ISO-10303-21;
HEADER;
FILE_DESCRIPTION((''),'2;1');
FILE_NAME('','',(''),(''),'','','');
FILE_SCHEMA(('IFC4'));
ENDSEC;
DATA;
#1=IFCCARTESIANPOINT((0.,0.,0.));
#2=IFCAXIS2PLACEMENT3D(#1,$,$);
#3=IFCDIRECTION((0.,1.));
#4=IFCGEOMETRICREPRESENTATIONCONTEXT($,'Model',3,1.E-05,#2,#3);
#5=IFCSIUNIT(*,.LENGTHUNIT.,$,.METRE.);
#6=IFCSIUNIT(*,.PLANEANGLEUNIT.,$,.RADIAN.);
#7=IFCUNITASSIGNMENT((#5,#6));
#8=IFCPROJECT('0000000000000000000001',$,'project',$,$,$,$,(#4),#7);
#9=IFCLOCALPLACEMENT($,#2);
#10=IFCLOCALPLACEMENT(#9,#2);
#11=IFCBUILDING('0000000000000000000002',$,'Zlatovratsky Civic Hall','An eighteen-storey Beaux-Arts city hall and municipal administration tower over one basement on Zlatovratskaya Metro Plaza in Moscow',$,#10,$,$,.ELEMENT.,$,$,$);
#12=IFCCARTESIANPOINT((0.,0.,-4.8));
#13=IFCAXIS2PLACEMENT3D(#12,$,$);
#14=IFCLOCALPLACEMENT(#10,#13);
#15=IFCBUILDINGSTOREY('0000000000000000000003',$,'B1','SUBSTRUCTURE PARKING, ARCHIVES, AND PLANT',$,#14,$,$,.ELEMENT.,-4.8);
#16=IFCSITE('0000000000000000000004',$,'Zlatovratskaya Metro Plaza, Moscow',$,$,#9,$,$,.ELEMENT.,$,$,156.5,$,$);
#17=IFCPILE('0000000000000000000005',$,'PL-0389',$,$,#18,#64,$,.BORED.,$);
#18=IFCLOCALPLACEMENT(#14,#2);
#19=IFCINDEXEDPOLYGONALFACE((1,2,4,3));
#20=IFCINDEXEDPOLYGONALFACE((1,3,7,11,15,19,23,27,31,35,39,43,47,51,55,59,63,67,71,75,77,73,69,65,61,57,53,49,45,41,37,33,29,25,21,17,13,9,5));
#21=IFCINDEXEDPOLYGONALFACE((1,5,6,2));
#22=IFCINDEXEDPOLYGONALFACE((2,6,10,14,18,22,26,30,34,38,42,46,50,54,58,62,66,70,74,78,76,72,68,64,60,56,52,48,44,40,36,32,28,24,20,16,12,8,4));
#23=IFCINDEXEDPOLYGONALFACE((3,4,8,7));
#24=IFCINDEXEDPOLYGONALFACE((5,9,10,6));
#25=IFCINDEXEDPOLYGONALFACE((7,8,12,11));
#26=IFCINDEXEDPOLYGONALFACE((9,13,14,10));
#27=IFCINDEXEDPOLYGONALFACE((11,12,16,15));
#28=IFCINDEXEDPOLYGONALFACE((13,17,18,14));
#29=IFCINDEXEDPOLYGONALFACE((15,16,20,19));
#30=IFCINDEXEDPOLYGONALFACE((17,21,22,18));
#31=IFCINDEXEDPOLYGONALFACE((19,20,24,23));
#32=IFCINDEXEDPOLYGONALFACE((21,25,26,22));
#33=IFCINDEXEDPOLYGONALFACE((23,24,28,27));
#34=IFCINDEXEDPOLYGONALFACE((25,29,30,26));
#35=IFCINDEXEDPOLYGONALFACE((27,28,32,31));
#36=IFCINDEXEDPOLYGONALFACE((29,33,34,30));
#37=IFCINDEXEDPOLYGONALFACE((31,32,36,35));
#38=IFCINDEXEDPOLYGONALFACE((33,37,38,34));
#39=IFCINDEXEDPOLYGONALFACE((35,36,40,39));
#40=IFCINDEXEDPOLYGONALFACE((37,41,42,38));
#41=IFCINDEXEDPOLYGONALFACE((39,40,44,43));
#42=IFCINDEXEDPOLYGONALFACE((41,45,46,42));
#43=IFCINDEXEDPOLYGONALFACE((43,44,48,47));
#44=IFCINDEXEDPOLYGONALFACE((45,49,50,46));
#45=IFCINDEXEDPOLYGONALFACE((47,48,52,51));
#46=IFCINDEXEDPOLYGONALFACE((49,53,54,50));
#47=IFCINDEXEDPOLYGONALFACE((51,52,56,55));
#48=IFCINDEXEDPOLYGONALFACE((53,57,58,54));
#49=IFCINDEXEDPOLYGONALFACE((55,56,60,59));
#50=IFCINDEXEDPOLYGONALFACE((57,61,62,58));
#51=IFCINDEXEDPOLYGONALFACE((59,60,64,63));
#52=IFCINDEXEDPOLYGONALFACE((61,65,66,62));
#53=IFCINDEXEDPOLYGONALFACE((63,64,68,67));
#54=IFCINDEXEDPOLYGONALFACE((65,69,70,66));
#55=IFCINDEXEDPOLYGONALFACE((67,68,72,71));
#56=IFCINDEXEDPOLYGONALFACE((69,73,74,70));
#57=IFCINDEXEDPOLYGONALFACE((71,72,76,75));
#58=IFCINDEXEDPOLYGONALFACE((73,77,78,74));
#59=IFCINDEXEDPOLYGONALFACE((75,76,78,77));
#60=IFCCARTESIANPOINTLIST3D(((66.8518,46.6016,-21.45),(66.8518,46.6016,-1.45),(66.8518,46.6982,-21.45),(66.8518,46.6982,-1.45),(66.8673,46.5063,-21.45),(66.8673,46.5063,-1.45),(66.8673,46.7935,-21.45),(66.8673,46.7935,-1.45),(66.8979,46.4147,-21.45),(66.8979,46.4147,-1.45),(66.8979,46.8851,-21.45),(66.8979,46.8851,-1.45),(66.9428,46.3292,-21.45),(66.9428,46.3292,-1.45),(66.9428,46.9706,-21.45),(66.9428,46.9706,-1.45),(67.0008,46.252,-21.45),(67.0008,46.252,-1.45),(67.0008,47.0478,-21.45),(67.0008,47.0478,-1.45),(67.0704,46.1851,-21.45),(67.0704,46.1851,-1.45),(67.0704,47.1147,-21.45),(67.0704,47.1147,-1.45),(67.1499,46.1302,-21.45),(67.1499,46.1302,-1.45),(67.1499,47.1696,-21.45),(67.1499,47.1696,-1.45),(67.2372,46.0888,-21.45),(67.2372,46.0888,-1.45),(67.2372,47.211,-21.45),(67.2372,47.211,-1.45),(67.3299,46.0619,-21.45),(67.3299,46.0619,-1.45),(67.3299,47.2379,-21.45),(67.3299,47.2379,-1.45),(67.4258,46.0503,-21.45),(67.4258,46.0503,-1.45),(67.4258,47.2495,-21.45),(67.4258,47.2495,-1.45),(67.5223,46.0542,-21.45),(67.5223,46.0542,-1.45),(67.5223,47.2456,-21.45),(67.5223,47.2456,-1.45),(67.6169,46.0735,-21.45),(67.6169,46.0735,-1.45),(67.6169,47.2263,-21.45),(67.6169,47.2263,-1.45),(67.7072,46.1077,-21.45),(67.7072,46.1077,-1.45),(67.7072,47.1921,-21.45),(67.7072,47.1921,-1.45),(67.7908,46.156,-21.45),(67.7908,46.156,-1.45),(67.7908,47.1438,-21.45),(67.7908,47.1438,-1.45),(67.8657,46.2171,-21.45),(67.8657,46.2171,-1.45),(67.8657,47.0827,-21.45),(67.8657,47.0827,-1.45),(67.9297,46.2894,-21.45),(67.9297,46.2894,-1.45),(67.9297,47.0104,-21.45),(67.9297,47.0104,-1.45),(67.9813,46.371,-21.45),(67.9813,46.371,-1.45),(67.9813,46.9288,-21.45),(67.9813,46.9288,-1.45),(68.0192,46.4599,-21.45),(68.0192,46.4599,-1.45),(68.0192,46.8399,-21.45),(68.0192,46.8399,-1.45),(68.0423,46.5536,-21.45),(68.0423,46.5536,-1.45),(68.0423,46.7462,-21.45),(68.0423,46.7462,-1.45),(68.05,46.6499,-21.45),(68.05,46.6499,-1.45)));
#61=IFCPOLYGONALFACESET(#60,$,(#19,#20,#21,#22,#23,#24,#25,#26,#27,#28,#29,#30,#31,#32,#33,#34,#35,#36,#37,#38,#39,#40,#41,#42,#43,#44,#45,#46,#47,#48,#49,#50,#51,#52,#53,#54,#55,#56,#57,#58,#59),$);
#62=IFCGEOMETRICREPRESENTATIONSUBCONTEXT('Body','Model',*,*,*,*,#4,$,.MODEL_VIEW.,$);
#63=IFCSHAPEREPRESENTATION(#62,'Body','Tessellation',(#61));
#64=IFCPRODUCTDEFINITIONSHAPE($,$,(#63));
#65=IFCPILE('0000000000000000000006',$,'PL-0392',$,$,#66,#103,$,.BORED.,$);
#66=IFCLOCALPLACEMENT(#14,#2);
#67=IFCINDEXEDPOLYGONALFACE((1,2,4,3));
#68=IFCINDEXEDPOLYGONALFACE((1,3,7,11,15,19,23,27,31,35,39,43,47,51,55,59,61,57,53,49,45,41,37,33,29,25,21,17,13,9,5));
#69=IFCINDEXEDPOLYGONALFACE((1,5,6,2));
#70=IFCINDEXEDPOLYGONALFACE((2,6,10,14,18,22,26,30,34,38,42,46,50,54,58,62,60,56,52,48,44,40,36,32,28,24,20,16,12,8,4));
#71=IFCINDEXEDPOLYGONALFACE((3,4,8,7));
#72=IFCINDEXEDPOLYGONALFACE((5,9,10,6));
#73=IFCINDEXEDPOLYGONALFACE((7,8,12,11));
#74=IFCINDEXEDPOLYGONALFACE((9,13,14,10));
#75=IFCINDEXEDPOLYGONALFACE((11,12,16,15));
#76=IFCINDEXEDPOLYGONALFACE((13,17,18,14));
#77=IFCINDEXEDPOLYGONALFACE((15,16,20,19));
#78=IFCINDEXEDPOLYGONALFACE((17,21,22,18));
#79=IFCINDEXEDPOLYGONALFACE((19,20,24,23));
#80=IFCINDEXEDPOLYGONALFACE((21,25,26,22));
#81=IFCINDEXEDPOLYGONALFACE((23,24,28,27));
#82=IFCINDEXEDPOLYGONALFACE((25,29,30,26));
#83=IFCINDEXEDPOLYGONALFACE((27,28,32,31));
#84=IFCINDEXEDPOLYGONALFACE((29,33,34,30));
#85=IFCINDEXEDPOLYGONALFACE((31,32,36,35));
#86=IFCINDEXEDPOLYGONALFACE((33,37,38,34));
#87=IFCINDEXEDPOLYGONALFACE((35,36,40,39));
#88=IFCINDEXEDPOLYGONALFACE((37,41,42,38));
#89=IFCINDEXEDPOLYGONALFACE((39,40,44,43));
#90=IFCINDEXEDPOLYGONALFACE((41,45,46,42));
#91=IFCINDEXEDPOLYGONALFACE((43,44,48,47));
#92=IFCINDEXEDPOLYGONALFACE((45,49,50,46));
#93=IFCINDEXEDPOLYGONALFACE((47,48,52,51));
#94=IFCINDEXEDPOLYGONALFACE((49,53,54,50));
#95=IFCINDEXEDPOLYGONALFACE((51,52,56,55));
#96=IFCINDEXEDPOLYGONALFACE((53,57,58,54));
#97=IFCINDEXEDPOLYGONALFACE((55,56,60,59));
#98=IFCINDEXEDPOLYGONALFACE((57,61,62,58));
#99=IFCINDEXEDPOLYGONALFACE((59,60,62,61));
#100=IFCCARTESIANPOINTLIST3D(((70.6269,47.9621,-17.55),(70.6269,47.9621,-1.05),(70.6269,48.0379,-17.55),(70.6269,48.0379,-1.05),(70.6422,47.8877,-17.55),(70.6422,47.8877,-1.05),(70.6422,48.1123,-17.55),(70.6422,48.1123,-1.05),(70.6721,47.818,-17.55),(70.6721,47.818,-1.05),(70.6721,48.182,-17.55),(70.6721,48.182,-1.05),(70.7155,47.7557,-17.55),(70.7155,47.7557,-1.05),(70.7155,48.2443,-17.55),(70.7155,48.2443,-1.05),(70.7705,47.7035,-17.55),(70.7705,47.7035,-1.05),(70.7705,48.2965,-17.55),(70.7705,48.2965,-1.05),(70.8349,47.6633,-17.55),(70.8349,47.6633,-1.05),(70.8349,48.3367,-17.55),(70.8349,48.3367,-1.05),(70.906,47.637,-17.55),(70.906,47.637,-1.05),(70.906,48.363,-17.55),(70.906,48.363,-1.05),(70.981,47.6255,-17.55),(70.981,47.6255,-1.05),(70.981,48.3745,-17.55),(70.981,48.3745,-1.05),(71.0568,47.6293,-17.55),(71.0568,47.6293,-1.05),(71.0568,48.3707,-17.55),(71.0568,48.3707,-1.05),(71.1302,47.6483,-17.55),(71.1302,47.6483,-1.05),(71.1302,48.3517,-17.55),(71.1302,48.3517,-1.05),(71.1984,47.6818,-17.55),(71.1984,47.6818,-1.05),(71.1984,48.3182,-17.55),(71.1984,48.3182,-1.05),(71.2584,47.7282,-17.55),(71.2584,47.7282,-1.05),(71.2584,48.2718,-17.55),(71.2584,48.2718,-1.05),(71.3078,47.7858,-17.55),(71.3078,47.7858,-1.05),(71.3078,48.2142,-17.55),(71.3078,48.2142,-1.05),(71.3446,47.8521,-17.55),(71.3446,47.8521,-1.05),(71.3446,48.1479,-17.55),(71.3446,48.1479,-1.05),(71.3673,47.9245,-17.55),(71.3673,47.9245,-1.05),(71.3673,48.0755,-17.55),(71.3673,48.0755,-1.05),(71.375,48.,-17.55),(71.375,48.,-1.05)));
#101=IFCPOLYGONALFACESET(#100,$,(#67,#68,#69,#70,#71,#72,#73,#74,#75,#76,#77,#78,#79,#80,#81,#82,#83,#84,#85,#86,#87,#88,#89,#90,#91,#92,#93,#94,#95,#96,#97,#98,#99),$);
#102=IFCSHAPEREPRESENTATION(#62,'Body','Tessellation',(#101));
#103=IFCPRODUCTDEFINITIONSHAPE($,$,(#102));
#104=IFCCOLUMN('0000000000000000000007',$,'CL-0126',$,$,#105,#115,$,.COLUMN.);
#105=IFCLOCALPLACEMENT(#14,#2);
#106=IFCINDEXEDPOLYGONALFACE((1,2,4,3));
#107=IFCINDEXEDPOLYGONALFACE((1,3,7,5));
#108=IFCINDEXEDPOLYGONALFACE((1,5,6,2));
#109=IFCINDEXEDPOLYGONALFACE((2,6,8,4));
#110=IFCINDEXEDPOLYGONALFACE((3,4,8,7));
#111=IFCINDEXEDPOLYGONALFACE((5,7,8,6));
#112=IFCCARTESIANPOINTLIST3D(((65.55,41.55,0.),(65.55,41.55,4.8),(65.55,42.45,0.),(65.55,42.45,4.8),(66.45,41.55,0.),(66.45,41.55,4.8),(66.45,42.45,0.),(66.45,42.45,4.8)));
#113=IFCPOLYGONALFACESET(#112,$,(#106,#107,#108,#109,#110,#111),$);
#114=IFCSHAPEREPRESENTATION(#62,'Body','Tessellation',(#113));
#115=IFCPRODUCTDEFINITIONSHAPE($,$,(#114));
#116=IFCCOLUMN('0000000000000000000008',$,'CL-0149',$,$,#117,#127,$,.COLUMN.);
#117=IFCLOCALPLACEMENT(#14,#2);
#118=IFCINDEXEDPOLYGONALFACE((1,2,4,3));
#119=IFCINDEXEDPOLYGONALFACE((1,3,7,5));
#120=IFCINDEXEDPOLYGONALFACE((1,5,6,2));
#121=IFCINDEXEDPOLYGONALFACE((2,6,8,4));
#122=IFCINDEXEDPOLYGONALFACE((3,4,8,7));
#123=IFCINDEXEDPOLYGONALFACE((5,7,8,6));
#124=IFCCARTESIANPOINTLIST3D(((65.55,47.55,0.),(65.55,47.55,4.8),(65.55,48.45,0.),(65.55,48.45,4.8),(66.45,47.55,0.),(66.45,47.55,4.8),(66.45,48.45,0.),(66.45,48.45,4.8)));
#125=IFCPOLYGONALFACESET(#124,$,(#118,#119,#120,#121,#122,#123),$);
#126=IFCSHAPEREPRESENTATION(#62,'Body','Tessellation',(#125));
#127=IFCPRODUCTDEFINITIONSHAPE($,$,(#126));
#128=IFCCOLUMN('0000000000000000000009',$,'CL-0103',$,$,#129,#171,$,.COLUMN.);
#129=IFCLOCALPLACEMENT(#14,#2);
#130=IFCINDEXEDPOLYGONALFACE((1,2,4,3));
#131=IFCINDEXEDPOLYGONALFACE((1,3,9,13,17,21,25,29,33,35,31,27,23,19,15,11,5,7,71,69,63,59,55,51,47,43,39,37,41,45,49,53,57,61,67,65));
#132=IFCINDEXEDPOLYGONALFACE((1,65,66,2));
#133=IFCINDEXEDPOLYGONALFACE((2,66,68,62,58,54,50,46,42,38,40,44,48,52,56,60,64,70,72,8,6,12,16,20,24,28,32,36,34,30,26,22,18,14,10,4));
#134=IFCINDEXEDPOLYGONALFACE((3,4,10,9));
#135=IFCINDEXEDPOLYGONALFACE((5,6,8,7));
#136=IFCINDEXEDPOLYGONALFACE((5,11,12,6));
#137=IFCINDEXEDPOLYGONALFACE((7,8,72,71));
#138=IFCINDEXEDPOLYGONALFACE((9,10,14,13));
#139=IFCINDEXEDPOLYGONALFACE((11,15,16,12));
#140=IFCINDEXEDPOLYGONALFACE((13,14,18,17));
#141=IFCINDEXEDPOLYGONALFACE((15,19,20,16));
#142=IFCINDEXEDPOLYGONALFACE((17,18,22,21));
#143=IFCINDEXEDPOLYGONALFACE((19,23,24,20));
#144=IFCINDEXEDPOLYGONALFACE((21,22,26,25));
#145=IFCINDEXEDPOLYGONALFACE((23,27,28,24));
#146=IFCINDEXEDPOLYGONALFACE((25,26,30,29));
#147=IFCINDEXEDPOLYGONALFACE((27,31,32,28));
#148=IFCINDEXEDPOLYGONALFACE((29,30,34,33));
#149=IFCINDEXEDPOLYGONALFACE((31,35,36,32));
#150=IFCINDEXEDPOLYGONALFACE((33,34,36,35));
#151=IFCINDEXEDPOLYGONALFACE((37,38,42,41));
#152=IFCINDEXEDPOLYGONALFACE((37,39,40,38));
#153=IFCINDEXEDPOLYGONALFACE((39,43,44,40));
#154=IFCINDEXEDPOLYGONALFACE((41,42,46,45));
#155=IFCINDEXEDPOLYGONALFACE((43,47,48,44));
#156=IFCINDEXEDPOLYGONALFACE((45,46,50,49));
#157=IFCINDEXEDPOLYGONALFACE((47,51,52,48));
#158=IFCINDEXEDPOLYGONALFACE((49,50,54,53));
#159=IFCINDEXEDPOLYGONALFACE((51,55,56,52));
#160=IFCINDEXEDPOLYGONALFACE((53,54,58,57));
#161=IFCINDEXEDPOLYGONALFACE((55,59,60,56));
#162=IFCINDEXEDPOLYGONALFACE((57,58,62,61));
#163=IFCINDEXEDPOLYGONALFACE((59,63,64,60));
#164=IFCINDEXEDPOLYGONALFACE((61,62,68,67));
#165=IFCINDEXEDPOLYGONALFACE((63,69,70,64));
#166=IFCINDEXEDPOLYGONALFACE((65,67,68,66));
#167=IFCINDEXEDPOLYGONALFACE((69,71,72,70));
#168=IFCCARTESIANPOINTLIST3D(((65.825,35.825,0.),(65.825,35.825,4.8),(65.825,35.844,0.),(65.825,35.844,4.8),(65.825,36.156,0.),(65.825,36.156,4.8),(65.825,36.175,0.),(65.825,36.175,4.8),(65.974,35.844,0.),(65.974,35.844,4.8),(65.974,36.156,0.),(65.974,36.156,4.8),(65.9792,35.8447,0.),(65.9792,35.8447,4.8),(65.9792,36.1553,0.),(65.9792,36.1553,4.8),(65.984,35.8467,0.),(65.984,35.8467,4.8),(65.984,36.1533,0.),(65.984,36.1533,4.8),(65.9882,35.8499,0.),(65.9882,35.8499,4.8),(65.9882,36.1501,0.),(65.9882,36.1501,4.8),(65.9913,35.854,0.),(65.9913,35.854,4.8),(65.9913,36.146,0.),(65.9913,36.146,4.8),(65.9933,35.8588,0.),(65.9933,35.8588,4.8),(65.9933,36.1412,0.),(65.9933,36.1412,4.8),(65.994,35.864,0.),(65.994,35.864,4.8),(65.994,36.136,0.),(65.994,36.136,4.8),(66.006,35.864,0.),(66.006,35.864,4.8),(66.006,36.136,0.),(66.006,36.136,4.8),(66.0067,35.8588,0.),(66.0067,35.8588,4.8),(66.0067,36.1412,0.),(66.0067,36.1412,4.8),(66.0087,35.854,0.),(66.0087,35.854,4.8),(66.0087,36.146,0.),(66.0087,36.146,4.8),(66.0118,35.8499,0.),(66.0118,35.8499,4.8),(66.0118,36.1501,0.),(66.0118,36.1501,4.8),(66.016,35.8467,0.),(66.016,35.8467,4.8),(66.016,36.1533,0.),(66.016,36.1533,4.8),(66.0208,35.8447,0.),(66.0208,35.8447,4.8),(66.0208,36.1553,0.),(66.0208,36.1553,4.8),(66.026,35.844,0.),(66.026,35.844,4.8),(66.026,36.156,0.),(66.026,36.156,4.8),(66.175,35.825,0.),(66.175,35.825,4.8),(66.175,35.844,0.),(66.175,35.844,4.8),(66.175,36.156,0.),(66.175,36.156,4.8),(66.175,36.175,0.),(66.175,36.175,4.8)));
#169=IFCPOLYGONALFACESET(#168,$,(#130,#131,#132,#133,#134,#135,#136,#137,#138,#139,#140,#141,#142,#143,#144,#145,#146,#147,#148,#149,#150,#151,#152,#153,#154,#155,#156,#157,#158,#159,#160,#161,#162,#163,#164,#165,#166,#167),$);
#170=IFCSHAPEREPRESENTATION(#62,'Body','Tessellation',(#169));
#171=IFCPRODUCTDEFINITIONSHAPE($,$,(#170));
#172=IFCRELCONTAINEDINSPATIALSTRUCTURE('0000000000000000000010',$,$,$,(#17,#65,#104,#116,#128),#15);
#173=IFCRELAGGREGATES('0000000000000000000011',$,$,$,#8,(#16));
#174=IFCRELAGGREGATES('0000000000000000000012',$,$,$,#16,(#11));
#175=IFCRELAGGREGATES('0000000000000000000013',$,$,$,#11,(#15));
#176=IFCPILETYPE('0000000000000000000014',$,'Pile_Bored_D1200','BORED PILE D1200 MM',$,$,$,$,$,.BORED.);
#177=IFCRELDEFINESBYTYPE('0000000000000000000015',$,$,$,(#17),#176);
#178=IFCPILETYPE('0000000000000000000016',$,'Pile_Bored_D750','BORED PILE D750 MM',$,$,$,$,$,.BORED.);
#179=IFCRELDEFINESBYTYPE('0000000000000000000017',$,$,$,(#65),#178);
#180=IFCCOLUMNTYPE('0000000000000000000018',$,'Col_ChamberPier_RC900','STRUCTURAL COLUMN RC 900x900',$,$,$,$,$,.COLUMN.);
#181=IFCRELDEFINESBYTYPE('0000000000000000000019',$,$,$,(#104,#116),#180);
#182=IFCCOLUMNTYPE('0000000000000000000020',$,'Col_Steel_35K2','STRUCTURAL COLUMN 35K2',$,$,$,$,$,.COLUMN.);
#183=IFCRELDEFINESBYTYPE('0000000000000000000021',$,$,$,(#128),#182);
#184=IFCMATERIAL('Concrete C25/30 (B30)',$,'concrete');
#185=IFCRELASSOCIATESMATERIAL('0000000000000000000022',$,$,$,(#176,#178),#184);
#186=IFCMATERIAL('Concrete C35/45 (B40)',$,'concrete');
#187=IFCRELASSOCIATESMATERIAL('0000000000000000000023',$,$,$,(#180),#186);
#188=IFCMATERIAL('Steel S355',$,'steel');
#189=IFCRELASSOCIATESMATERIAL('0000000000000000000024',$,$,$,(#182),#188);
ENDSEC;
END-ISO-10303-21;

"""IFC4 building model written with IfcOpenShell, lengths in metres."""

from ifc_helpers import new_model, si_unit, direction, frame, origin, origin_2d, place, context, subcontext, project, spatial, rectangle, circle, i_section, extrude, material, material_profile, profile_set, type_object, element, save


model = new_model("IFC4")

# Units and contexts
model_context = context("Model", 3, precision=1e-05, world=origin(), true_north=direction((0.0, 1.0)))
body_context = subcontext(model_context, "Body", "Model", "MODEL_VIEW")
ifc_project = project(units=[si_unit("LENGTHUNIT", "METRE"), si_unit("PLANEANGLEUNIT", "RADIAN")], contexts=[model_context])

# Site, building, storey
site_placement = place(None, origin())
site = spatial("IfcSite", under=ifc_project, at=site_placement, Name="Zlatovratskaya Metro Plaza, Moscow", CompositionType="ELEMENT", RefElevation=156.5)
building_placement = place(site_placement, origin())
building = spatial("IfcBuilding", under=site, at=building_placement, Name="Zlatovratsky Civic Hall", Description="An eighteen-storey Beaux-Arts city hall and municipal administration tower over one basement on Zlatovratskaya Metro Plaza in Moscow", CompositionType="ELEMENT")
storey_placement = place(building_placement, frame((0.0, 0.0, -4.8)))
storey = spatial("IfcBuildingStorey", under=building, at=storey_placement, Name="B1", Description="SUBSTRUCTURE PARKING, ARCHIVES, AND PLANT", CompositionType="ELEMENT", Elevation=-4.8)

# Shared definitions
ifc_material_1 = material(Name="Concrete C25/30 (B30)", Category="concrete")

# Piles
ifc_material_profile_1 = material_profile(ifc_material_1, circle(Radius=0.6001, at=origin_2d()), Name="PILE D1200")
ifc_profile_set_1 = profile_set([ifc_material_profile_1], Name="Concrete C25/30 (B30)")
pile_type_1 = type_object("IfcPileType", Name="Pile_Bored_D1200", Description="BORED PILE D1200 MM", PredefinedType="BORED", material=ifc_profile_set_1)
for number, where, z_axis, x_axis, name in (
    (1, (67.45, 46.6499, -1.45), (0.0, 0.0, -1.0), (1.0, 0.0, 0.0), "PL-0389"),
):
    element("IfcPile", number, at=place(storey_placement, frame(where, z_axis=z_axis, x_axis=x_axis)), inside=storey, type_object=pile_type_1, Name=name, PredefinedType="BORED", context=body_context, shape_type="SweptSolid", body=[
        extrude(circle(Radius=0.6001, at=origin_2d()), origin(), (0.0, 0.0, 1.0), 20.0),
    ])
ifc_material_profile_2 = material_profile(ifc_material_1, circle(Radius=0.375, at=origin_2d()), Name="PILE D750")
ifc_profile_set_2 = profile_set([ifc_material_profile_2], Name="Concrete C25/30 (B30)")
pile_type_2 = type_object("IfcPileType", Name="Pile_Bored_D750", Description="BORED PILE D750 MM", PredefinedType="BORED", material=ifc_profile_set_2)
pile_placement = place(storey_placement, frame((71.0, 48.0, -1.05), z_axis=(0.0, 0.0, -1.0), x_axis=(1.0, 0.0, 0.0)))
element("IfcPile", 2, at=pile_placement, inside=storey, type_object=pile_type_2, Name="PL-0392", PredefinedType="BORED", context=body_context, shape_type="SweptSolid", body=[
    extrude(circle(Radius=0.375, at=origin_2d()), origin(), (0.0, 0.0, 1.0), 16.5),
])

# Columns
ifc_material_2 = material(Name="Concrete C35/45 (B40)", Category="concrete")
ifc_material_profile_3 = material_profile(ifc_material_2, rectangle(XDim=0.8999, YDim=0.8999, at=origin_2d()), Name="RC 900x900")
ifc_profile_set_3 = profile_set([ifc_material_profile_3], Name="Concrete C35/45 (B40)")
column_type_1 = type_object("IfcColumnType", Name="Col_ChamberPier_RC900", Description="STRUCTURAL COLUMN RC 900x900", PredefinedType="COLUMN", material=ifc_profile_set_3)
for number, where, z_axis, x_axis, name in (
    (3, (66.0, 42.0, 0.0), (0.0, 0.0, 1.0), (1.0, 0.0, 0.0), "CL-0126"),
    (4, (66.0, 48.0, 0.0), (0.0, 0.0, 1.0), (1.0, 0.0, 0.0), "CL-0149"),
):
    element("IfcColumn", number, at=place(storey_placement, frame(where, z_axis=z_axis, x_axis=x_axis)), inside=storey, type_object=column_type_1, Name=name, PredefinedType="COLUMN", context=body_context, shape_type="SweptSolid", body=[
        extrude(rectangle(XDim=0.8999, YDim=0.8999, at=origin_2d()), origin(), (0.0, 0.0, 1.0), 4.8),
    ])
ifc_material_3 = material(Name="Steel S355", Category="steel")
ifc_material_profile_4 = material_profile(ifc_material_3, i_section(OverallWidth=0.3501, OverallDepth=0.3501, WebThickness=0.012, FlangeThickness=0.019, FilletRadius=0.02, at=origin_2d()), Name="35K2")
ifc_profile_set_4 = profile_set([ifc_material_profile_4], Name="Steel S355")
column_type_2 = type_object("IfcColumnType", Name="Col_Steel_35K2", Description="STRUCTURAL COLUMN 35K2", PredefinedType="COLUMN", material=ifc_profile_set_4)
column_placement = place(storey_placement, frame((66.0, 36.0, 0.0), z_axis=(0.0, 0.0, 1.0), x_axis=(1.0, 0.0, 0.0)))
element("IfcColumn", 5, at=column_placement, inside=storey, type_object=column_type_2, Name="CL-0103", PredefinedType="COLUMN", context=body_context, shape_type="SweptSolid", body=[
    extrude(i_section(OverallWidth=0.3501, OverallDepth=0.3501, WebThickness=0.012, FlangeThickness=0.019, FilletRadius=0.02, at=origin_2d()), origin(), (0.0, 0.0, 1.0), 4.8),
])

save(model, "model.ifc")
